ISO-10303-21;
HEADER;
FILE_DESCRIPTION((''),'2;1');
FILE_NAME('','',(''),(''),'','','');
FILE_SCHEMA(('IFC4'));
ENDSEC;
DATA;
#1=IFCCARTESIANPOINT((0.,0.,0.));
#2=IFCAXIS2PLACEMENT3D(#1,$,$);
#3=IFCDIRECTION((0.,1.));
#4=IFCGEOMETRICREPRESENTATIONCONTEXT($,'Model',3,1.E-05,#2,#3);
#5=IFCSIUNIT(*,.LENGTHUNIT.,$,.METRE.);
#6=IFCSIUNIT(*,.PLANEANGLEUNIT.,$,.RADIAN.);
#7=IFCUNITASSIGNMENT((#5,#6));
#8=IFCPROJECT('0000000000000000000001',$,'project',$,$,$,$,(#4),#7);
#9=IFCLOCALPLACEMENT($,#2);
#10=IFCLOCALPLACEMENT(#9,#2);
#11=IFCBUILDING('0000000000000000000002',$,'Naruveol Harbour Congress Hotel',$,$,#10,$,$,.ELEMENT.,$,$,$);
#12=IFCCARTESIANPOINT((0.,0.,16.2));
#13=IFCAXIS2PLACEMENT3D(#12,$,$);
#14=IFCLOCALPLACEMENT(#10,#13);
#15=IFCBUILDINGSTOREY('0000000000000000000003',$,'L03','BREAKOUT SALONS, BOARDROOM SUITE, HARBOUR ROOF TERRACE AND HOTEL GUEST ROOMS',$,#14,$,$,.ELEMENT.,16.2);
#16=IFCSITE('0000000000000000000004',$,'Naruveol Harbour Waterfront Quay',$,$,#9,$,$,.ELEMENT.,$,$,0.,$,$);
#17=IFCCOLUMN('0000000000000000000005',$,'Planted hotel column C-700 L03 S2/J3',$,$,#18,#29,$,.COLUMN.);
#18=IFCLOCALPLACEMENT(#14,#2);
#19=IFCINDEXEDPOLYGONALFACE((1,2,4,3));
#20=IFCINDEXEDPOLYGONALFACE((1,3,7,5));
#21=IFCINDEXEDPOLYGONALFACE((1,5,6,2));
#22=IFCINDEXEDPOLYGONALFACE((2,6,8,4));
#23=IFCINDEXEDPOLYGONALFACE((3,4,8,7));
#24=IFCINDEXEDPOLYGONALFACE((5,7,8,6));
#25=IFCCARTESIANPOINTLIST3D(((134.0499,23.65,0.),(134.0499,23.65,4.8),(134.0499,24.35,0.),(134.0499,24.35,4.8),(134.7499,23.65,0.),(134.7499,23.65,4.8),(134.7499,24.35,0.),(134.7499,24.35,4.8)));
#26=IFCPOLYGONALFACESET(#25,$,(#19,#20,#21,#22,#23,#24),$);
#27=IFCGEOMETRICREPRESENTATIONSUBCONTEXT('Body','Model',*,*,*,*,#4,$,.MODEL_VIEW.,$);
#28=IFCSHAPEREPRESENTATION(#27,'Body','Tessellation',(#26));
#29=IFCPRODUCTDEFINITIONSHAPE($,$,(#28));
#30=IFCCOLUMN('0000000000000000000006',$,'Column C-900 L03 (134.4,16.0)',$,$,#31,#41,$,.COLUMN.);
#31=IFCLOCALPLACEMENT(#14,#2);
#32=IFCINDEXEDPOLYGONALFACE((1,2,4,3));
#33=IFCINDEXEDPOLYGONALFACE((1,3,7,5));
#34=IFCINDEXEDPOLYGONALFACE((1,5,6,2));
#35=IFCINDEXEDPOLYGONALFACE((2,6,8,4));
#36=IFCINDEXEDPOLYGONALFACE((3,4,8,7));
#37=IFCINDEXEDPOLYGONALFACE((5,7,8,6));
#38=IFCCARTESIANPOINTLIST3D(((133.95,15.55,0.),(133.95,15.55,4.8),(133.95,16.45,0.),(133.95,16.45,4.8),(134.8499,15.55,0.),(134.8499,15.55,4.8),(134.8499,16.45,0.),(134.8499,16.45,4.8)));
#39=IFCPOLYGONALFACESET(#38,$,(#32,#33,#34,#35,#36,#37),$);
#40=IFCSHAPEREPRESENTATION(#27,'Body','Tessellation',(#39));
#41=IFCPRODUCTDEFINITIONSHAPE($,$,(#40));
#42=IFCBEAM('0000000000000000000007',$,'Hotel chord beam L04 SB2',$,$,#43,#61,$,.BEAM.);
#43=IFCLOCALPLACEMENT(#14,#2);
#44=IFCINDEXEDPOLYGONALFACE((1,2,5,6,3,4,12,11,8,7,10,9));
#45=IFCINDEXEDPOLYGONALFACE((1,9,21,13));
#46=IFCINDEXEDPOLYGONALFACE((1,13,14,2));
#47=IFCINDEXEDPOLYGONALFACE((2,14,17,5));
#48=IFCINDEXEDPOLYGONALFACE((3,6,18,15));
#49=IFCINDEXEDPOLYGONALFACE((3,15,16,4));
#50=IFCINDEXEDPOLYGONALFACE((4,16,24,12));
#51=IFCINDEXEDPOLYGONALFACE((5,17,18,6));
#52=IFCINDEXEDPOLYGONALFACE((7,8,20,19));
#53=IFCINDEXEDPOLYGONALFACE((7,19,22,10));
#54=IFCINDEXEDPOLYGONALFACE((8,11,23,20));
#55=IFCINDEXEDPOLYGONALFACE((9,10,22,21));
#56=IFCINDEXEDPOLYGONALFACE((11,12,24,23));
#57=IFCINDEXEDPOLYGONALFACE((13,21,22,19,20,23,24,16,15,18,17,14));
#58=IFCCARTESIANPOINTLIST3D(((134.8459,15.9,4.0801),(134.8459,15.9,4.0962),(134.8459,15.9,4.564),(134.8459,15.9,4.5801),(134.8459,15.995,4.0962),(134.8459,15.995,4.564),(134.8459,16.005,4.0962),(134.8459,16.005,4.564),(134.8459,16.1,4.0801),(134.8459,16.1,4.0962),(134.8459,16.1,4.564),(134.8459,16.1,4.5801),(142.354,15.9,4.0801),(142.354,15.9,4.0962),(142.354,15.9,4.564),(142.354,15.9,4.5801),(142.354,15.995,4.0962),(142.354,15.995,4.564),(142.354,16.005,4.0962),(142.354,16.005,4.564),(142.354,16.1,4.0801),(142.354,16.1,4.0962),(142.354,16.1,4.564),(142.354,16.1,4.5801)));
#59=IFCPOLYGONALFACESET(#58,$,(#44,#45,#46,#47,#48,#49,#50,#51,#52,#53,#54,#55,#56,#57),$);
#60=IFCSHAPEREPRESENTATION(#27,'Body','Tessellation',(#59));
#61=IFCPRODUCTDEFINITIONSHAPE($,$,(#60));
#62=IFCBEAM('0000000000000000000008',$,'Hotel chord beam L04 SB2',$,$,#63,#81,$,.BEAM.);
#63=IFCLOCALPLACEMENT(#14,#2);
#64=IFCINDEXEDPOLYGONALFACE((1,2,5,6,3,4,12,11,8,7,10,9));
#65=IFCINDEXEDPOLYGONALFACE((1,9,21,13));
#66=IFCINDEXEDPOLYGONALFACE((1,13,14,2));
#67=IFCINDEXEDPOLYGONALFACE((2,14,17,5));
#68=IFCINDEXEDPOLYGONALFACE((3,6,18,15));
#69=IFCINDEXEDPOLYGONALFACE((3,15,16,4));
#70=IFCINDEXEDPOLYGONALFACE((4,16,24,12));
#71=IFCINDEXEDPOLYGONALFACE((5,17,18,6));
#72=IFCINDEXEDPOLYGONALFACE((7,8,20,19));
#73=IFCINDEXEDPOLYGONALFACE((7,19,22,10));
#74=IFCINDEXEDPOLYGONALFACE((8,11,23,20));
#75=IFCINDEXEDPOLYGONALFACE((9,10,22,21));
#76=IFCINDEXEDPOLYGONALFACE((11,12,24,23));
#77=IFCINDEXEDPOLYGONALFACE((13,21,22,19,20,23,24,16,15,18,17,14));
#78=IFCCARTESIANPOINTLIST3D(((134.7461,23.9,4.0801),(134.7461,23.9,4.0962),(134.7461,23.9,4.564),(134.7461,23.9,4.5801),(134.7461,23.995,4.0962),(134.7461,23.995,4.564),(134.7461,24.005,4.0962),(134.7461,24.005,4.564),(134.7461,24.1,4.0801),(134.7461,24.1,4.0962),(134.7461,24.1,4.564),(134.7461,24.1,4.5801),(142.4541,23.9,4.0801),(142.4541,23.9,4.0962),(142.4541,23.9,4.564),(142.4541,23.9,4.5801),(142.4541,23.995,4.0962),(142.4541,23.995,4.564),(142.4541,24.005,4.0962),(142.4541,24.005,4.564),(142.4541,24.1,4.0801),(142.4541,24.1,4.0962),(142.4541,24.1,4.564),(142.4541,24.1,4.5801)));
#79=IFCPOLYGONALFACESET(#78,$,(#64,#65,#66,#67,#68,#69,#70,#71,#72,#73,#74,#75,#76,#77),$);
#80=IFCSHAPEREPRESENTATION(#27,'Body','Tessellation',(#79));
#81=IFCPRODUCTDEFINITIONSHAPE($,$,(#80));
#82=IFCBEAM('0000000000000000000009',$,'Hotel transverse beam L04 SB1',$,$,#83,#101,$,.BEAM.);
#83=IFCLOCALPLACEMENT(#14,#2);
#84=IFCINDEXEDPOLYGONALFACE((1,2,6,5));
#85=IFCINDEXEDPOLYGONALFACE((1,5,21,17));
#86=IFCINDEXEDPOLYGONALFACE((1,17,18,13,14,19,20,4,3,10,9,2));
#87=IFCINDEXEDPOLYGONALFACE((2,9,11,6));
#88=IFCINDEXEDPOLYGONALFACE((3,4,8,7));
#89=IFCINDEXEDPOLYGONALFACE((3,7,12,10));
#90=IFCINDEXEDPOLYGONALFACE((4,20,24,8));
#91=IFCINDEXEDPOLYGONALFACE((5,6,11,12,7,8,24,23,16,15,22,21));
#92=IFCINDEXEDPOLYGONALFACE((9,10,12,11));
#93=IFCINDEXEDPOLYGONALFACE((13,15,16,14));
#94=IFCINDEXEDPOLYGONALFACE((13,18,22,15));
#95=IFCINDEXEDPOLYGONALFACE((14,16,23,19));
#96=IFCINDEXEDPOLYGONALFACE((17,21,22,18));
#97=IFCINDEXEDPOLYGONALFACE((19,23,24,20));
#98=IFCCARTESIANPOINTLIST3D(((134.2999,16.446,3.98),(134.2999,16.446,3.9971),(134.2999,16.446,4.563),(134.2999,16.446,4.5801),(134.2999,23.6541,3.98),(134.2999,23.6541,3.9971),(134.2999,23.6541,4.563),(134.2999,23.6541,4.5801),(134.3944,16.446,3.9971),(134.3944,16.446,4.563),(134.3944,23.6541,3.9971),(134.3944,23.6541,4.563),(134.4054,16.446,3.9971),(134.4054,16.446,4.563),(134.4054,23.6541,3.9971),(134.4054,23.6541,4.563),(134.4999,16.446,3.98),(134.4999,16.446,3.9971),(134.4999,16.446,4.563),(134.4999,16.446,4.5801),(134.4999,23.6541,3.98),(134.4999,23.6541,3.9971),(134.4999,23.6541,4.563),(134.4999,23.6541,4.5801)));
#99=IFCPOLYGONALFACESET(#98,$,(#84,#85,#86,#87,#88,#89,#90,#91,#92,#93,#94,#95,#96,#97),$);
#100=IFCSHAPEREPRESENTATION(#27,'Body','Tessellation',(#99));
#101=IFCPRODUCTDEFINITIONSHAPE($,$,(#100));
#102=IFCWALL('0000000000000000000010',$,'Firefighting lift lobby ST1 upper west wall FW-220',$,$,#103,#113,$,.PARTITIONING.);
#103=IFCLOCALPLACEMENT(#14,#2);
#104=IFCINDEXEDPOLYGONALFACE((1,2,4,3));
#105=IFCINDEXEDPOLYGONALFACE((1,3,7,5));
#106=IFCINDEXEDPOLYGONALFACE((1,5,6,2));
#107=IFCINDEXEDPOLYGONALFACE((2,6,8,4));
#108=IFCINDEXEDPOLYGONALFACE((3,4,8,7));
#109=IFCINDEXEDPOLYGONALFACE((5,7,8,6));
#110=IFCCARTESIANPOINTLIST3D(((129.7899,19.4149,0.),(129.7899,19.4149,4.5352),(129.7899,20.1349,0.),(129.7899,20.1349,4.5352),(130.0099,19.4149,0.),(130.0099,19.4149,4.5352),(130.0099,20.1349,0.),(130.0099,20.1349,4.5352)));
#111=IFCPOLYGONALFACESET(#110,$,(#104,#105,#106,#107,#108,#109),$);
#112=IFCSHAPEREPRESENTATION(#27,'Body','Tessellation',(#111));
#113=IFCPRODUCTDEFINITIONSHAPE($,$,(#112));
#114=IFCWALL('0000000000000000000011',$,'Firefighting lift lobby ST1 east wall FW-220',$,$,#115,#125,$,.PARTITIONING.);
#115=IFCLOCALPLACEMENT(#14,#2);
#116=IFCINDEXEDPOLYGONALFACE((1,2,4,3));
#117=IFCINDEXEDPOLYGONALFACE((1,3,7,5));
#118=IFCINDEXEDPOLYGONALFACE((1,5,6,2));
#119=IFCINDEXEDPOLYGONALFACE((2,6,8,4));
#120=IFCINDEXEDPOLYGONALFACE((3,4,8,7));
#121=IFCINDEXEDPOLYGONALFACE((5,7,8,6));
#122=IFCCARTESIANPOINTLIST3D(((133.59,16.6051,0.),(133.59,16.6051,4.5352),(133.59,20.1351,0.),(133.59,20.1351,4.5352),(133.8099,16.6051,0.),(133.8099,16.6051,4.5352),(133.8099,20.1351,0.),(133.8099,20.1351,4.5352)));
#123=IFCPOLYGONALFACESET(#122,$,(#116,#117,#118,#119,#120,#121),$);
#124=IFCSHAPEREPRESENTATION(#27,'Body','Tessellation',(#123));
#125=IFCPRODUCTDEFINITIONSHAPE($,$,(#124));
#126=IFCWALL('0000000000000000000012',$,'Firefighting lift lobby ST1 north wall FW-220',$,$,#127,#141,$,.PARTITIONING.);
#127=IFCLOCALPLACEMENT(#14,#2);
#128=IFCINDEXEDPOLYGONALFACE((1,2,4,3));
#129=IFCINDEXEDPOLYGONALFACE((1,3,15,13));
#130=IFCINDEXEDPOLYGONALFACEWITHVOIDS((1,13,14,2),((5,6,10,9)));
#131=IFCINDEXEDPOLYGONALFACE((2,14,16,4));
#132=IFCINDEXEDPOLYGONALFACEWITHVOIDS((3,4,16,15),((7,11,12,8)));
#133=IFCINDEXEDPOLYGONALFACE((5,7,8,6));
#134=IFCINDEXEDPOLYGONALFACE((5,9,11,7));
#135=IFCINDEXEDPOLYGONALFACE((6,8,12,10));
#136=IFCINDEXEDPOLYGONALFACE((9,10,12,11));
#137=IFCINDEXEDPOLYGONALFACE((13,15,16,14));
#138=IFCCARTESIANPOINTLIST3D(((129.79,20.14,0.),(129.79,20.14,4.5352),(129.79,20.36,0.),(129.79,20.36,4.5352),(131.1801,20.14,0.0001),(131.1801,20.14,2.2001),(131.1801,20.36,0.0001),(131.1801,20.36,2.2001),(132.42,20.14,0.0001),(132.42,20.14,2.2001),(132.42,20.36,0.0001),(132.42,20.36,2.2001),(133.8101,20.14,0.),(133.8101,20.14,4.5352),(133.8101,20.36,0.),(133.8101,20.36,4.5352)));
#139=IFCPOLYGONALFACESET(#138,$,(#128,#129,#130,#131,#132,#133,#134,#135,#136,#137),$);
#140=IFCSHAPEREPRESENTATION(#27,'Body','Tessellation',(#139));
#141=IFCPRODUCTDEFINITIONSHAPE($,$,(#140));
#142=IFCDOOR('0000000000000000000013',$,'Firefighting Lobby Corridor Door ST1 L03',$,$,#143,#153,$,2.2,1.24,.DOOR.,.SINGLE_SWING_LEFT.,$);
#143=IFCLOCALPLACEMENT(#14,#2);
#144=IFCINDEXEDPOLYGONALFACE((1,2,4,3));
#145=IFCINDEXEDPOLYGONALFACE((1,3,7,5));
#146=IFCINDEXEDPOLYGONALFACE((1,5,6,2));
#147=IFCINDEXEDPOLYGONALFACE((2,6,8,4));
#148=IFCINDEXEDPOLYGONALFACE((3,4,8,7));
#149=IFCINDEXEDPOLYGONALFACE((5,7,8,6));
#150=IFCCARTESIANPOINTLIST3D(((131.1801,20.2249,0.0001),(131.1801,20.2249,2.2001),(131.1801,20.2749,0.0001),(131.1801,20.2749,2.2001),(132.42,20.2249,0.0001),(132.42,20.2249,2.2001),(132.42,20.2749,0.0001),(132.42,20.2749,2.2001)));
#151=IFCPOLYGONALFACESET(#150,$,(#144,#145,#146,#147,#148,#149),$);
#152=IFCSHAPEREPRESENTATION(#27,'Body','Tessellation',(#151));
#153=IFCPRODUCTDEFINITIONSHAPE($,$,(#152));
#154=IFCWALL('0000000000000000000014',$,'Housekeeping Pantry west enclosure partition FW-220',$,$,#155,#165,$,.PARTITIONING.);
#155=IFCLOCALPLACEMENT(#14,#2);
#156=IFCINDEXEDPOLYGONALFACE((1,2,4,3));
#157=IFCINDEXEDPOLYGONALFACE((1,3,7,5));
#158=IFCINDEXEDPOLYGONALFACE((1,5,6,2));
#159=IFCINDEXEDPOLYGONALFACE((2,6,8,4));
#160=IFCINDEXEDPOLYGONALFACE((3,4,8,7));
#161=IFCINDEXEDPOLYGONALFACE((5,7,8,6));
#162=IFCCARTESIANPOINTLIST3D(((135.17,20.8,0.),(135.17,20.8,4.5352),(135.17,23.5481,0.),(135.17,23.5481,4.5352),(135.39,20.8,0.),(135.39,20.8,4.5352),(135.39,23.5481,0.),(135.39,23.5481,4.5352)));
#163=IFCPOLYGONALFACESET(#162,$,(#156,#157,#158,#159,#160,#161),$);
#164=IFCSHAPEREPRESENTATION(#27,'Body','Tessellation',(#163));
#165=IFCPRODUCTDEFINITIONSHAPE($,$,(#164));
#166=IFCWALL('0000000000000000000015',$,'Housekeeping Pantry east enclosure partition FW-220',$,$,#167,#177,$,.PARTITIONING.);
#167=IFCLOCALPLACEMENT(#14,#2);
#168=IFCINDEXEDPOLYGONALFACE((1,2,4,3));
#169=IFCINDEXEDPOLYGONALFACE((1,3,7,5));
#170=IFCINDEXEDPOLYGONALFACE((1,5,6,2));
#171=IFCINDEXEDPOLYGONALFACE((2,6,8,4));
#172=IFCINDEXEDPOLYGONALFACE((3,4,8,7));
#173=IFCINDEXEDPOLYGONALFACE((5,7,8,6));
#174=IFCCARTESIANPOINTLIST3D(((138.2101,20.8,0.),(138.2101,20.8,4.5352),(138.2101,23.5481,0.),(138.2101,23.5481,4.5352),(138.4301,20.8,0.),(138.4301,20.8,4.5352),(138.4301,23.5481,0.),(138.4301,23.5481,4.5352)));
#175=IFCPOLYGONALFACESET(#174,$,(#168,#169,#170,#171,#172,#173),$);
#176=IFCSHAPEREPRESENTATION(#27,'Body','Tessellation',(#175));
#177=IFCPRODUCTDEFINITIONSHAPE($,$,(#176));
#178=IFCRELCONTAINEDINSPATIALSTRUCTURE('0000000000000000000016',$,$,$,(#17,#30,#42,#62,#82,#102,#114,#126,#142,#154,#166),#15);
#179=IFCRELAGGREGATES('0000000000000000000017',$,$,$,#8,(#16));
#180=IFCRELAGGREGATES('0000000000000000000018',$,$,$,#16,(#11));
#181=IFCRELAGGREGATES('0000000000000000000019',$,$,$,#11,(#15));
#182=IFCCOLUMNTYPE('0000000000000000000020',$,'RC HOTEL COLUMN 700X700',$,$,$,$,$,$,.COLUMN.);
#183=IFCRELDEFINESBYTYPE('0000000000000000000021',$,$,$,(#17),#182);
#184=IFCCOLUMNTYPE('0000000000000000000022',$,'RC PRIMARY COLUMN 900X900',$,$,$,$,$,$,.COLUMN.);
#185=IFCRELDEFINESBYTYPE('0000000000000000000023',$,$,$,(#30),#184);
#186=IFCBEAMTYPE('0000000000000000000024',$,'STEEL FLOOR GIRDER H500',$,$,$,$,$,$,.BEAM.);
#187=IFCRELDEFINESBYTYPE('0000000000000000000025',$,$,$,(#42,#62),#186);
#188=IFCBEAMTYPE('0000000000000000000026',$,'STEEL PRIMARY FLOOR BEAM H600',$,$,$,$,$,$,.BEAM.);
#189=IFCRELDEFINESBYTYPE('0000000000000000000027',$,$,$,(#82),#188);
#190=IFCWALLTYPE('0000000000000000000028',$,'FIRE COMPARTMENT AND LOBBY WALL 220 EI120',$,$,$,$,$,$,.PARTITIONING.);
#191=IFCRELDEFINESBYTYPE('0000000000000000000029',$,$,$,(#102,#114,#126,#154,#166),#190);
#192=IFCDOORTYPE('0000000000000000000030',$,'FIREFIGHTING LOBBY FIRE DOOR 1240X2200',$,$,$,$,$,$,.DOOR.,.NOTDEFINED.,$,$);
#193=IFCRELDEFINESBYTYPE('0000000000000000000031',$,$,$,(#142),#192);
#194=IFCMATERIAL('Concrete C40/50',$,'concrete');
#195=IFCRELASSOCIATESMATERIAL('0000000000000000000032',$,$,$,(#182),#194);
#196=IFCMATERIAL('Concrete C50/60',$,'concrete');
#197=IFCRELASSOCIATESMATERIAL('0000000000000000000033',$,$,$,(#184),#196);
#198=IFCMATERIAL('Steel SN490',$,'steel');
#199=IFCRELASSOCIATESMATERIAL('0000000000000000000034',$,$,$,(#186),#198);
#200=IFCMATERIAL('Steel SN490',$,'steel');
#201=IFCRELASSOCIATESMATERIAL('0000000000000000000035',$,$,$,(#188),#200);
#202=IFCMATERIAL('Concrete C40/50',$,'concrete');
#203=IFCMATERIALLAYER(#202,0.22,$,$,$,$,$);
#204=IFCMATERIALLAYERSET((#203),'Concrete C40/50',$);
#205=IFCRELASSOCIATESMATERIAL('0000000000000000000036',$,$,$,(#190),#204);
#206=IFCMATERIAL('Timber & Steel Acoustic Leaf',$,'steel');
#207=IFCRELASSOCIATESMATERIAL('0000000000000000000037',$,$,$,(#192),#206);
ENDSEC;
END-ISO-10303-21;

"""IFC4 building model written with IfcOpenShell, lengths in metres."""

from ifc_helpers import new_model, si_unit, direction, frame, frame_2d, origin, origin_2d, place, context, subcontext, project, spatial, rectangle, i_section, extrude, material, layer, layer_set, material_profile, profile_set, type_object, element, fill, save


model = new_model("IFC4")

# Units and contexts
model_context = context("Model", 3, precision=1e-05, world=origin(), true_north=direction((0.0, 1.0)))
body_context = subcontext(model_context, "Body", "Model", "MODEL_VIEW")
ifc_project = project(units=[si_unit("LENGTHUNIT", "METRE"), si_unit("PLANEANGLEUNIT", "RADIAN")], contexts=[model_context])

# Site, building, storey
site_placement = place(None, origin())
site = spatial("IfcSite", under=ifc_project, at=site_placement, Name="Naruveol Harbour Waterfront Quay", CompositionType="ELEMENT", RefElevation=0.0)
building_placement = place(site_placement, origin())
building = spatial("IfcBuilding", under=site, at=building_placement, Name="Naruveol Harbour Congress Hotel", CompositionType="ELEMENT")
storey_placement = place(building_placement, frame((0.0, 0.0, 16.2)))
storey = spatial("IfcBuildingStorey", under=building, at=storey_placement, Name="L03", Description="BREAKOUT SALONS, BOARDROOM SUITE, HARBOUR ROOF TERRACE AND HOTEL GUEST ROOMS", CompositionType="ELEMENT", Elevation=16.2)

# Columns
ifc_material_1 = material(Name="Concrete C40/50", Category="concrete")
ifc_material_profile_1 = material_profile(ifc_material_1, rectangle(XDim=0.7, YDim=0.7, at=origin_2d()), Name="RC-700x700")
ifc_profile_set_1 = profile_set([ifc_material_profile_1], Name="Concrete C40/50")
column_type_1 = type_object("IfcColumnType", Name="RC HOTEL COLUMN 700X700", PredefinedType="COLUMN", material=ifc_profile_set_1)
column_1_placement = place(storey_placement, frame((134.3999, 24.0, 0.0), z_axis=(0.0, 0.0, 1.0), x_axis=(1.0, 0.0, 0.0)))
element("IfcColumn", 1, at=column_1_placement, inside=storey, type_object=column_type_1, Name="Planted hotel column C-700 L03 S2/J3", PredefinedType="COLUMN", context=body_context, shape_type="SweptSolid", body=[
    extrude(rectangle(XDim=0.7, YDim=0.7, at=origin_2d()), origin(), (0.0, 0.0, 1.0), 4.8),
])
ifc_material_2 = material(Name="Concrete C50/60", Category="concrete")
ifc_material_profile_2 = material_profile(ifc_material_2, rectangle(XDim=0.8999, YDim=0.8999, at=origin_2d()), Name="RC-900x900")
ifc_profile_set_2 = profile_set([ifc_material_profile_2], Name="Concrete C50/60")
column_type_2 = type_object("IfcColumnType", Name="RC PRIMARY COLUMN 900X900", PredefinedType="COLUMN", material=ifc_profile_set_2)
column_2_placement = place(storey_placement, frame((134.3999, 16.0, 0.0), z_axis=(0.0, 0.0, 1.0), x_axis=(1.0, 0.0, 0.0)))
element("IfcColumn", 2, at=column_2_placement, inside=storey, type_object=column_type_2, Name="Column C-900 L03 (134.4,16.0)", PredefinedType="COLUMN", context=body_context, shape_type="SweptSolid", body=[
    extrude(rectangle(XDim=0.8999, YDim=0.8999, at=origin_2d()), origin(), (0.0, 0.0, 1.0), 4.8),
])

# Beams
ifc_material_3 = material(Name="Steel SN490", Category="steel")
ifc_material_profile_3 = material_profile(ifc_material_3, i_section(OverallWidth=0.2, OverallDepth=0.5, WebThickness=0.01, FlangeThickness=0.0161, at=origin_2d()), Name="H-500x200x10x16")
ifc_profile_set_3 = profile_set([ifc_material_profile_3], Name="Steel SN490")
beam_type_1 = type_object("IfcBeamType", Name="STEEL FLOOR GIRDER H500", PredefinedType="BEAM", material=ifc_profile_set_3)
beam_1_placement = place(storey_placement, frame((134.8459, 16.0, 4.3301), z_axis=(1.0, 0.0, 0.0), x_axis=(0.0, 1.0, 0.0)))
element("IfcBeam", 3, at=beam_1_placement, inside=storey, type_object=beam_type_1, Name="Hotel chord beam L04 SB2", PredefinedType="BEAM", context=body_context, shape_type="SweptSolid", body=[
    extrude(i_section(OverallWidth=0.2, OverallDepth=0.5, WebThickness=0.01, FlangeThickness=0.0161, at=origin_2d()), origin(), (0.0, 0.0, 1.0), 7.5081),
])
beam_2_placement = place(storey_placement, frame((134.7461, 24.0, 4.3301), z_axis=(1.0, 0.0, 0.0), x_axis=(0.0, 1.0, 0.0)))
element("IfcBeam", 4, at=beam_2_placement, inside=storey, type_object=beam_type_1, Name="Hotel chord beam L04 SB2", PredefinedType="BEAM", context=body_context, shape_type="SweptSolid", body=[
    extrude(i_section(OverallWidth=0.2, OverallDepth=0.5, WebThickness=0.01, FlangeThickness=0.0161, at=origin_2d()), origin(), (0.0, 0.0, 1.0), 7.708),
])
ifc_material_4 = material(Name="Steel SN490", Category="steel")
ifc_material_profile_4 = material_profile(ifc_material_4, i_section(OverallWidth=0.2, OverallDepth=0.6001, WebThickness=0.011, FlangeThickness=0.0171, at=origin_2d()), Name="H-600x200x11x17")
ifc_profile_set_4 = profile_set([ifc_material_profile_4], Name="Steel SN490")
beam_type_2 = type_object("IfcBeamType", Name="STEEL PRIMARY FLOOR BEAM H600", PredefinedType="BEAM", material=ifc_profile_set_4)
beam_3_placement = place(storey_placement, frame((134.3999, 16.446, 4.28), z_axis=(0.0, 1.0, 0.0), x_axis=(-1.0, 0.0, 0.0)))
element("IfcBeam", 5, at=beam_3_placement, inside=storey, type_object=beam_type_2, Name="Hotel transverse beam L04 SB1", PredefinedType="BEAM", context=body_context, shape_type="SweptSolid", body=[
    extrude(i_section(OverallWidth=0.2, OverallDepth=0.6001, WebThickness=0.011, FlangeThickness=0.0171, at=origin_2d()), origin(), (0.0, 0.0, 1.0), 7.208),
])

# Walls
ifc_material_5 = material(Name="Concrete C40/50", Category="concrete")
ifc_layer_1 = layer(ifc_material_5, 0.22)
ifc_layer_set_1 = layer_set([ifc_layer_1], Name="Concrete C40/50")
wall_type_1 = type_object("IfcWallType", Name="FIRE COMPARTMENT AND LOBBY WALL 220 EI120", PredefinedType="PARTITIONING", material=ifc_layer_set_1)
wall_1_placement = place(storey_placement, frame((129.8999, 19.415, 0.0), z_axis=(0.0, 0.0, 1.0), x_axis=(0.0, 1.0, 0.0)))
element("IfcWall", 6, at=wall_1_placement, inside=storey, type_object=wall_type_1, Name="Firefighting lift lobby ST1 upper west wall FW-220", PredefinedType="PARTITIONING", context=body_context, shape_type="SweptSolid", body=[
    extrude(rectangle(XDim=0.72, YDim=0.22, at=frame_2d((0.3599, 0.0))), origin(), (0.0, 0.0, 1.0), 4.5352),
])
wall_2_placement = place(storey_placement, frame((133.7, 16.605, 0.0), z_axis=(0.0, 0.0, 1.0), x_axis=(0.0, 1.0, 0.0)))
element("IfcWall", 7, at=wall_2_placement, inside=storey, type_object=wall_type_1, Name="Firefighting lift lobby ST1 east wall FW-220", PredefinedType="PARTITIONING", context=body_context, shape_type="SweptSolid", body=[
    extrude(rectangle(XDim=3.53, YDim=0.22, at=frame_2d((1.7651, 0.0))), origin(), (0.0, 0.0, 1.0), 4.5352),
])

# Wall, opening, door
wall_3_placement = place(storey_placement, frame((129.79, 20.25, 0.0), z_axis=(0.0, 0.0, 1.0), x_axis=(1.0, 0.0, 0.0)))
wall_3 = element("IfcWall", 8, at=wall_3_placement, inside=storey, type_object=wall_type_1, Name="Firefighting lift lobby ST1 north wall FW-220", PredefinedType="PARTITIONING", context=body_context, shape_type="SweptSolid", body=[
    extrude(rectangle(XDim=4.02, YDim=0.22, at=frame_2d((2.01, 0.0))), origin(), (0.0, 0.0, 1.0), 4.5352),
])
opening_1_placement = place(wall_3_placement, frame((1.3899, 0.0, 0.0)))
opening_1 = element("IfcOpeningElement", 9, at=opening_1_placement, cuts=wall_3, PredefinedType="OPENING", context=body_context, shape_type="SweptSolid", body=[
    extrude(rectangle(XDim=1.24, YDim=2.2, at=frame_2d((0.6201, 1.1001))), frame((0.0, 0.1199, 0.0), z_axis=(0.0, -1.0, 0.0), x_axis=(1.0, 0.0, 0.0)), (0.0, 0.0, 1.0), 0.24),
])
ifc_material_6 = material(Name="Timber & Steel Acoustic Leaf", Category="steel")
door_type_1 = type_object("IfcDoorType", Name="FIREFIGHTING LOBBY FIRE DOOR 1240X2200", OperationType="NOTDEFINED", PredefinedType="DOOR", material=ifc_material_6)
door_1_placement = place(opening_1_placement, origin())
door_1 = element("IfcDoor", 10, at=door_1_placement, inside=storey, type_object=door_type_1, Name="Firefighting Lobby Corridor Door ST1 L03", OperationType="SINGLE_SWING_LEFT", OverallHeight=2.2, OverallWidth=1.24, PredefinedType="DOOR", context=body_context, shape_type="SweptSolid", body=[
    extrude(rectangle(XDim=1.24, YDim=2.2, at=frame_2d((0.6201, 1.1001))), frame((0.0, 0.0249, 0.0), z_axis=(0.0, -1.0, 0.0), x_axis=(1.0, 0.0, 0.0)), (0.0, 0.0, 1.0), 0.05),
])
fill(opening_1, door_1)

# Walls
for number, where, z_axis, x_axis, name in (
    (11, (135.28, 20.8, 0.0), (0.0, 0.0, 1.0), (0.0, 1.0, 0.0), "Housekeeping Pantry west enclosure partition FW-220"),
    (12, (138.3201, 20.8, 0.0), (0.0, 0.0, 1.0), (0.0, 1.0, 0.0), "Housekeeping Pantry east enclosure partition FW-220"),
):
    element("IfcWall", number, at=place(storey_placement, frame(where, z_axis=z_axis, x_axis=x_axis)), inside=storey, type_object=wall_type_1, Name=name, PredefinedType="PARTITIONING", context=body_context, shape_type="SweptSolid", body=[
        extrude(rectangle(XDim=2.748, YDim=0.22, at=frame_2d((1.374, 0.0))), origin(), (0.0, 0.0, 1.0), 4.5352),
    ])

save(model, "model.ifc")
